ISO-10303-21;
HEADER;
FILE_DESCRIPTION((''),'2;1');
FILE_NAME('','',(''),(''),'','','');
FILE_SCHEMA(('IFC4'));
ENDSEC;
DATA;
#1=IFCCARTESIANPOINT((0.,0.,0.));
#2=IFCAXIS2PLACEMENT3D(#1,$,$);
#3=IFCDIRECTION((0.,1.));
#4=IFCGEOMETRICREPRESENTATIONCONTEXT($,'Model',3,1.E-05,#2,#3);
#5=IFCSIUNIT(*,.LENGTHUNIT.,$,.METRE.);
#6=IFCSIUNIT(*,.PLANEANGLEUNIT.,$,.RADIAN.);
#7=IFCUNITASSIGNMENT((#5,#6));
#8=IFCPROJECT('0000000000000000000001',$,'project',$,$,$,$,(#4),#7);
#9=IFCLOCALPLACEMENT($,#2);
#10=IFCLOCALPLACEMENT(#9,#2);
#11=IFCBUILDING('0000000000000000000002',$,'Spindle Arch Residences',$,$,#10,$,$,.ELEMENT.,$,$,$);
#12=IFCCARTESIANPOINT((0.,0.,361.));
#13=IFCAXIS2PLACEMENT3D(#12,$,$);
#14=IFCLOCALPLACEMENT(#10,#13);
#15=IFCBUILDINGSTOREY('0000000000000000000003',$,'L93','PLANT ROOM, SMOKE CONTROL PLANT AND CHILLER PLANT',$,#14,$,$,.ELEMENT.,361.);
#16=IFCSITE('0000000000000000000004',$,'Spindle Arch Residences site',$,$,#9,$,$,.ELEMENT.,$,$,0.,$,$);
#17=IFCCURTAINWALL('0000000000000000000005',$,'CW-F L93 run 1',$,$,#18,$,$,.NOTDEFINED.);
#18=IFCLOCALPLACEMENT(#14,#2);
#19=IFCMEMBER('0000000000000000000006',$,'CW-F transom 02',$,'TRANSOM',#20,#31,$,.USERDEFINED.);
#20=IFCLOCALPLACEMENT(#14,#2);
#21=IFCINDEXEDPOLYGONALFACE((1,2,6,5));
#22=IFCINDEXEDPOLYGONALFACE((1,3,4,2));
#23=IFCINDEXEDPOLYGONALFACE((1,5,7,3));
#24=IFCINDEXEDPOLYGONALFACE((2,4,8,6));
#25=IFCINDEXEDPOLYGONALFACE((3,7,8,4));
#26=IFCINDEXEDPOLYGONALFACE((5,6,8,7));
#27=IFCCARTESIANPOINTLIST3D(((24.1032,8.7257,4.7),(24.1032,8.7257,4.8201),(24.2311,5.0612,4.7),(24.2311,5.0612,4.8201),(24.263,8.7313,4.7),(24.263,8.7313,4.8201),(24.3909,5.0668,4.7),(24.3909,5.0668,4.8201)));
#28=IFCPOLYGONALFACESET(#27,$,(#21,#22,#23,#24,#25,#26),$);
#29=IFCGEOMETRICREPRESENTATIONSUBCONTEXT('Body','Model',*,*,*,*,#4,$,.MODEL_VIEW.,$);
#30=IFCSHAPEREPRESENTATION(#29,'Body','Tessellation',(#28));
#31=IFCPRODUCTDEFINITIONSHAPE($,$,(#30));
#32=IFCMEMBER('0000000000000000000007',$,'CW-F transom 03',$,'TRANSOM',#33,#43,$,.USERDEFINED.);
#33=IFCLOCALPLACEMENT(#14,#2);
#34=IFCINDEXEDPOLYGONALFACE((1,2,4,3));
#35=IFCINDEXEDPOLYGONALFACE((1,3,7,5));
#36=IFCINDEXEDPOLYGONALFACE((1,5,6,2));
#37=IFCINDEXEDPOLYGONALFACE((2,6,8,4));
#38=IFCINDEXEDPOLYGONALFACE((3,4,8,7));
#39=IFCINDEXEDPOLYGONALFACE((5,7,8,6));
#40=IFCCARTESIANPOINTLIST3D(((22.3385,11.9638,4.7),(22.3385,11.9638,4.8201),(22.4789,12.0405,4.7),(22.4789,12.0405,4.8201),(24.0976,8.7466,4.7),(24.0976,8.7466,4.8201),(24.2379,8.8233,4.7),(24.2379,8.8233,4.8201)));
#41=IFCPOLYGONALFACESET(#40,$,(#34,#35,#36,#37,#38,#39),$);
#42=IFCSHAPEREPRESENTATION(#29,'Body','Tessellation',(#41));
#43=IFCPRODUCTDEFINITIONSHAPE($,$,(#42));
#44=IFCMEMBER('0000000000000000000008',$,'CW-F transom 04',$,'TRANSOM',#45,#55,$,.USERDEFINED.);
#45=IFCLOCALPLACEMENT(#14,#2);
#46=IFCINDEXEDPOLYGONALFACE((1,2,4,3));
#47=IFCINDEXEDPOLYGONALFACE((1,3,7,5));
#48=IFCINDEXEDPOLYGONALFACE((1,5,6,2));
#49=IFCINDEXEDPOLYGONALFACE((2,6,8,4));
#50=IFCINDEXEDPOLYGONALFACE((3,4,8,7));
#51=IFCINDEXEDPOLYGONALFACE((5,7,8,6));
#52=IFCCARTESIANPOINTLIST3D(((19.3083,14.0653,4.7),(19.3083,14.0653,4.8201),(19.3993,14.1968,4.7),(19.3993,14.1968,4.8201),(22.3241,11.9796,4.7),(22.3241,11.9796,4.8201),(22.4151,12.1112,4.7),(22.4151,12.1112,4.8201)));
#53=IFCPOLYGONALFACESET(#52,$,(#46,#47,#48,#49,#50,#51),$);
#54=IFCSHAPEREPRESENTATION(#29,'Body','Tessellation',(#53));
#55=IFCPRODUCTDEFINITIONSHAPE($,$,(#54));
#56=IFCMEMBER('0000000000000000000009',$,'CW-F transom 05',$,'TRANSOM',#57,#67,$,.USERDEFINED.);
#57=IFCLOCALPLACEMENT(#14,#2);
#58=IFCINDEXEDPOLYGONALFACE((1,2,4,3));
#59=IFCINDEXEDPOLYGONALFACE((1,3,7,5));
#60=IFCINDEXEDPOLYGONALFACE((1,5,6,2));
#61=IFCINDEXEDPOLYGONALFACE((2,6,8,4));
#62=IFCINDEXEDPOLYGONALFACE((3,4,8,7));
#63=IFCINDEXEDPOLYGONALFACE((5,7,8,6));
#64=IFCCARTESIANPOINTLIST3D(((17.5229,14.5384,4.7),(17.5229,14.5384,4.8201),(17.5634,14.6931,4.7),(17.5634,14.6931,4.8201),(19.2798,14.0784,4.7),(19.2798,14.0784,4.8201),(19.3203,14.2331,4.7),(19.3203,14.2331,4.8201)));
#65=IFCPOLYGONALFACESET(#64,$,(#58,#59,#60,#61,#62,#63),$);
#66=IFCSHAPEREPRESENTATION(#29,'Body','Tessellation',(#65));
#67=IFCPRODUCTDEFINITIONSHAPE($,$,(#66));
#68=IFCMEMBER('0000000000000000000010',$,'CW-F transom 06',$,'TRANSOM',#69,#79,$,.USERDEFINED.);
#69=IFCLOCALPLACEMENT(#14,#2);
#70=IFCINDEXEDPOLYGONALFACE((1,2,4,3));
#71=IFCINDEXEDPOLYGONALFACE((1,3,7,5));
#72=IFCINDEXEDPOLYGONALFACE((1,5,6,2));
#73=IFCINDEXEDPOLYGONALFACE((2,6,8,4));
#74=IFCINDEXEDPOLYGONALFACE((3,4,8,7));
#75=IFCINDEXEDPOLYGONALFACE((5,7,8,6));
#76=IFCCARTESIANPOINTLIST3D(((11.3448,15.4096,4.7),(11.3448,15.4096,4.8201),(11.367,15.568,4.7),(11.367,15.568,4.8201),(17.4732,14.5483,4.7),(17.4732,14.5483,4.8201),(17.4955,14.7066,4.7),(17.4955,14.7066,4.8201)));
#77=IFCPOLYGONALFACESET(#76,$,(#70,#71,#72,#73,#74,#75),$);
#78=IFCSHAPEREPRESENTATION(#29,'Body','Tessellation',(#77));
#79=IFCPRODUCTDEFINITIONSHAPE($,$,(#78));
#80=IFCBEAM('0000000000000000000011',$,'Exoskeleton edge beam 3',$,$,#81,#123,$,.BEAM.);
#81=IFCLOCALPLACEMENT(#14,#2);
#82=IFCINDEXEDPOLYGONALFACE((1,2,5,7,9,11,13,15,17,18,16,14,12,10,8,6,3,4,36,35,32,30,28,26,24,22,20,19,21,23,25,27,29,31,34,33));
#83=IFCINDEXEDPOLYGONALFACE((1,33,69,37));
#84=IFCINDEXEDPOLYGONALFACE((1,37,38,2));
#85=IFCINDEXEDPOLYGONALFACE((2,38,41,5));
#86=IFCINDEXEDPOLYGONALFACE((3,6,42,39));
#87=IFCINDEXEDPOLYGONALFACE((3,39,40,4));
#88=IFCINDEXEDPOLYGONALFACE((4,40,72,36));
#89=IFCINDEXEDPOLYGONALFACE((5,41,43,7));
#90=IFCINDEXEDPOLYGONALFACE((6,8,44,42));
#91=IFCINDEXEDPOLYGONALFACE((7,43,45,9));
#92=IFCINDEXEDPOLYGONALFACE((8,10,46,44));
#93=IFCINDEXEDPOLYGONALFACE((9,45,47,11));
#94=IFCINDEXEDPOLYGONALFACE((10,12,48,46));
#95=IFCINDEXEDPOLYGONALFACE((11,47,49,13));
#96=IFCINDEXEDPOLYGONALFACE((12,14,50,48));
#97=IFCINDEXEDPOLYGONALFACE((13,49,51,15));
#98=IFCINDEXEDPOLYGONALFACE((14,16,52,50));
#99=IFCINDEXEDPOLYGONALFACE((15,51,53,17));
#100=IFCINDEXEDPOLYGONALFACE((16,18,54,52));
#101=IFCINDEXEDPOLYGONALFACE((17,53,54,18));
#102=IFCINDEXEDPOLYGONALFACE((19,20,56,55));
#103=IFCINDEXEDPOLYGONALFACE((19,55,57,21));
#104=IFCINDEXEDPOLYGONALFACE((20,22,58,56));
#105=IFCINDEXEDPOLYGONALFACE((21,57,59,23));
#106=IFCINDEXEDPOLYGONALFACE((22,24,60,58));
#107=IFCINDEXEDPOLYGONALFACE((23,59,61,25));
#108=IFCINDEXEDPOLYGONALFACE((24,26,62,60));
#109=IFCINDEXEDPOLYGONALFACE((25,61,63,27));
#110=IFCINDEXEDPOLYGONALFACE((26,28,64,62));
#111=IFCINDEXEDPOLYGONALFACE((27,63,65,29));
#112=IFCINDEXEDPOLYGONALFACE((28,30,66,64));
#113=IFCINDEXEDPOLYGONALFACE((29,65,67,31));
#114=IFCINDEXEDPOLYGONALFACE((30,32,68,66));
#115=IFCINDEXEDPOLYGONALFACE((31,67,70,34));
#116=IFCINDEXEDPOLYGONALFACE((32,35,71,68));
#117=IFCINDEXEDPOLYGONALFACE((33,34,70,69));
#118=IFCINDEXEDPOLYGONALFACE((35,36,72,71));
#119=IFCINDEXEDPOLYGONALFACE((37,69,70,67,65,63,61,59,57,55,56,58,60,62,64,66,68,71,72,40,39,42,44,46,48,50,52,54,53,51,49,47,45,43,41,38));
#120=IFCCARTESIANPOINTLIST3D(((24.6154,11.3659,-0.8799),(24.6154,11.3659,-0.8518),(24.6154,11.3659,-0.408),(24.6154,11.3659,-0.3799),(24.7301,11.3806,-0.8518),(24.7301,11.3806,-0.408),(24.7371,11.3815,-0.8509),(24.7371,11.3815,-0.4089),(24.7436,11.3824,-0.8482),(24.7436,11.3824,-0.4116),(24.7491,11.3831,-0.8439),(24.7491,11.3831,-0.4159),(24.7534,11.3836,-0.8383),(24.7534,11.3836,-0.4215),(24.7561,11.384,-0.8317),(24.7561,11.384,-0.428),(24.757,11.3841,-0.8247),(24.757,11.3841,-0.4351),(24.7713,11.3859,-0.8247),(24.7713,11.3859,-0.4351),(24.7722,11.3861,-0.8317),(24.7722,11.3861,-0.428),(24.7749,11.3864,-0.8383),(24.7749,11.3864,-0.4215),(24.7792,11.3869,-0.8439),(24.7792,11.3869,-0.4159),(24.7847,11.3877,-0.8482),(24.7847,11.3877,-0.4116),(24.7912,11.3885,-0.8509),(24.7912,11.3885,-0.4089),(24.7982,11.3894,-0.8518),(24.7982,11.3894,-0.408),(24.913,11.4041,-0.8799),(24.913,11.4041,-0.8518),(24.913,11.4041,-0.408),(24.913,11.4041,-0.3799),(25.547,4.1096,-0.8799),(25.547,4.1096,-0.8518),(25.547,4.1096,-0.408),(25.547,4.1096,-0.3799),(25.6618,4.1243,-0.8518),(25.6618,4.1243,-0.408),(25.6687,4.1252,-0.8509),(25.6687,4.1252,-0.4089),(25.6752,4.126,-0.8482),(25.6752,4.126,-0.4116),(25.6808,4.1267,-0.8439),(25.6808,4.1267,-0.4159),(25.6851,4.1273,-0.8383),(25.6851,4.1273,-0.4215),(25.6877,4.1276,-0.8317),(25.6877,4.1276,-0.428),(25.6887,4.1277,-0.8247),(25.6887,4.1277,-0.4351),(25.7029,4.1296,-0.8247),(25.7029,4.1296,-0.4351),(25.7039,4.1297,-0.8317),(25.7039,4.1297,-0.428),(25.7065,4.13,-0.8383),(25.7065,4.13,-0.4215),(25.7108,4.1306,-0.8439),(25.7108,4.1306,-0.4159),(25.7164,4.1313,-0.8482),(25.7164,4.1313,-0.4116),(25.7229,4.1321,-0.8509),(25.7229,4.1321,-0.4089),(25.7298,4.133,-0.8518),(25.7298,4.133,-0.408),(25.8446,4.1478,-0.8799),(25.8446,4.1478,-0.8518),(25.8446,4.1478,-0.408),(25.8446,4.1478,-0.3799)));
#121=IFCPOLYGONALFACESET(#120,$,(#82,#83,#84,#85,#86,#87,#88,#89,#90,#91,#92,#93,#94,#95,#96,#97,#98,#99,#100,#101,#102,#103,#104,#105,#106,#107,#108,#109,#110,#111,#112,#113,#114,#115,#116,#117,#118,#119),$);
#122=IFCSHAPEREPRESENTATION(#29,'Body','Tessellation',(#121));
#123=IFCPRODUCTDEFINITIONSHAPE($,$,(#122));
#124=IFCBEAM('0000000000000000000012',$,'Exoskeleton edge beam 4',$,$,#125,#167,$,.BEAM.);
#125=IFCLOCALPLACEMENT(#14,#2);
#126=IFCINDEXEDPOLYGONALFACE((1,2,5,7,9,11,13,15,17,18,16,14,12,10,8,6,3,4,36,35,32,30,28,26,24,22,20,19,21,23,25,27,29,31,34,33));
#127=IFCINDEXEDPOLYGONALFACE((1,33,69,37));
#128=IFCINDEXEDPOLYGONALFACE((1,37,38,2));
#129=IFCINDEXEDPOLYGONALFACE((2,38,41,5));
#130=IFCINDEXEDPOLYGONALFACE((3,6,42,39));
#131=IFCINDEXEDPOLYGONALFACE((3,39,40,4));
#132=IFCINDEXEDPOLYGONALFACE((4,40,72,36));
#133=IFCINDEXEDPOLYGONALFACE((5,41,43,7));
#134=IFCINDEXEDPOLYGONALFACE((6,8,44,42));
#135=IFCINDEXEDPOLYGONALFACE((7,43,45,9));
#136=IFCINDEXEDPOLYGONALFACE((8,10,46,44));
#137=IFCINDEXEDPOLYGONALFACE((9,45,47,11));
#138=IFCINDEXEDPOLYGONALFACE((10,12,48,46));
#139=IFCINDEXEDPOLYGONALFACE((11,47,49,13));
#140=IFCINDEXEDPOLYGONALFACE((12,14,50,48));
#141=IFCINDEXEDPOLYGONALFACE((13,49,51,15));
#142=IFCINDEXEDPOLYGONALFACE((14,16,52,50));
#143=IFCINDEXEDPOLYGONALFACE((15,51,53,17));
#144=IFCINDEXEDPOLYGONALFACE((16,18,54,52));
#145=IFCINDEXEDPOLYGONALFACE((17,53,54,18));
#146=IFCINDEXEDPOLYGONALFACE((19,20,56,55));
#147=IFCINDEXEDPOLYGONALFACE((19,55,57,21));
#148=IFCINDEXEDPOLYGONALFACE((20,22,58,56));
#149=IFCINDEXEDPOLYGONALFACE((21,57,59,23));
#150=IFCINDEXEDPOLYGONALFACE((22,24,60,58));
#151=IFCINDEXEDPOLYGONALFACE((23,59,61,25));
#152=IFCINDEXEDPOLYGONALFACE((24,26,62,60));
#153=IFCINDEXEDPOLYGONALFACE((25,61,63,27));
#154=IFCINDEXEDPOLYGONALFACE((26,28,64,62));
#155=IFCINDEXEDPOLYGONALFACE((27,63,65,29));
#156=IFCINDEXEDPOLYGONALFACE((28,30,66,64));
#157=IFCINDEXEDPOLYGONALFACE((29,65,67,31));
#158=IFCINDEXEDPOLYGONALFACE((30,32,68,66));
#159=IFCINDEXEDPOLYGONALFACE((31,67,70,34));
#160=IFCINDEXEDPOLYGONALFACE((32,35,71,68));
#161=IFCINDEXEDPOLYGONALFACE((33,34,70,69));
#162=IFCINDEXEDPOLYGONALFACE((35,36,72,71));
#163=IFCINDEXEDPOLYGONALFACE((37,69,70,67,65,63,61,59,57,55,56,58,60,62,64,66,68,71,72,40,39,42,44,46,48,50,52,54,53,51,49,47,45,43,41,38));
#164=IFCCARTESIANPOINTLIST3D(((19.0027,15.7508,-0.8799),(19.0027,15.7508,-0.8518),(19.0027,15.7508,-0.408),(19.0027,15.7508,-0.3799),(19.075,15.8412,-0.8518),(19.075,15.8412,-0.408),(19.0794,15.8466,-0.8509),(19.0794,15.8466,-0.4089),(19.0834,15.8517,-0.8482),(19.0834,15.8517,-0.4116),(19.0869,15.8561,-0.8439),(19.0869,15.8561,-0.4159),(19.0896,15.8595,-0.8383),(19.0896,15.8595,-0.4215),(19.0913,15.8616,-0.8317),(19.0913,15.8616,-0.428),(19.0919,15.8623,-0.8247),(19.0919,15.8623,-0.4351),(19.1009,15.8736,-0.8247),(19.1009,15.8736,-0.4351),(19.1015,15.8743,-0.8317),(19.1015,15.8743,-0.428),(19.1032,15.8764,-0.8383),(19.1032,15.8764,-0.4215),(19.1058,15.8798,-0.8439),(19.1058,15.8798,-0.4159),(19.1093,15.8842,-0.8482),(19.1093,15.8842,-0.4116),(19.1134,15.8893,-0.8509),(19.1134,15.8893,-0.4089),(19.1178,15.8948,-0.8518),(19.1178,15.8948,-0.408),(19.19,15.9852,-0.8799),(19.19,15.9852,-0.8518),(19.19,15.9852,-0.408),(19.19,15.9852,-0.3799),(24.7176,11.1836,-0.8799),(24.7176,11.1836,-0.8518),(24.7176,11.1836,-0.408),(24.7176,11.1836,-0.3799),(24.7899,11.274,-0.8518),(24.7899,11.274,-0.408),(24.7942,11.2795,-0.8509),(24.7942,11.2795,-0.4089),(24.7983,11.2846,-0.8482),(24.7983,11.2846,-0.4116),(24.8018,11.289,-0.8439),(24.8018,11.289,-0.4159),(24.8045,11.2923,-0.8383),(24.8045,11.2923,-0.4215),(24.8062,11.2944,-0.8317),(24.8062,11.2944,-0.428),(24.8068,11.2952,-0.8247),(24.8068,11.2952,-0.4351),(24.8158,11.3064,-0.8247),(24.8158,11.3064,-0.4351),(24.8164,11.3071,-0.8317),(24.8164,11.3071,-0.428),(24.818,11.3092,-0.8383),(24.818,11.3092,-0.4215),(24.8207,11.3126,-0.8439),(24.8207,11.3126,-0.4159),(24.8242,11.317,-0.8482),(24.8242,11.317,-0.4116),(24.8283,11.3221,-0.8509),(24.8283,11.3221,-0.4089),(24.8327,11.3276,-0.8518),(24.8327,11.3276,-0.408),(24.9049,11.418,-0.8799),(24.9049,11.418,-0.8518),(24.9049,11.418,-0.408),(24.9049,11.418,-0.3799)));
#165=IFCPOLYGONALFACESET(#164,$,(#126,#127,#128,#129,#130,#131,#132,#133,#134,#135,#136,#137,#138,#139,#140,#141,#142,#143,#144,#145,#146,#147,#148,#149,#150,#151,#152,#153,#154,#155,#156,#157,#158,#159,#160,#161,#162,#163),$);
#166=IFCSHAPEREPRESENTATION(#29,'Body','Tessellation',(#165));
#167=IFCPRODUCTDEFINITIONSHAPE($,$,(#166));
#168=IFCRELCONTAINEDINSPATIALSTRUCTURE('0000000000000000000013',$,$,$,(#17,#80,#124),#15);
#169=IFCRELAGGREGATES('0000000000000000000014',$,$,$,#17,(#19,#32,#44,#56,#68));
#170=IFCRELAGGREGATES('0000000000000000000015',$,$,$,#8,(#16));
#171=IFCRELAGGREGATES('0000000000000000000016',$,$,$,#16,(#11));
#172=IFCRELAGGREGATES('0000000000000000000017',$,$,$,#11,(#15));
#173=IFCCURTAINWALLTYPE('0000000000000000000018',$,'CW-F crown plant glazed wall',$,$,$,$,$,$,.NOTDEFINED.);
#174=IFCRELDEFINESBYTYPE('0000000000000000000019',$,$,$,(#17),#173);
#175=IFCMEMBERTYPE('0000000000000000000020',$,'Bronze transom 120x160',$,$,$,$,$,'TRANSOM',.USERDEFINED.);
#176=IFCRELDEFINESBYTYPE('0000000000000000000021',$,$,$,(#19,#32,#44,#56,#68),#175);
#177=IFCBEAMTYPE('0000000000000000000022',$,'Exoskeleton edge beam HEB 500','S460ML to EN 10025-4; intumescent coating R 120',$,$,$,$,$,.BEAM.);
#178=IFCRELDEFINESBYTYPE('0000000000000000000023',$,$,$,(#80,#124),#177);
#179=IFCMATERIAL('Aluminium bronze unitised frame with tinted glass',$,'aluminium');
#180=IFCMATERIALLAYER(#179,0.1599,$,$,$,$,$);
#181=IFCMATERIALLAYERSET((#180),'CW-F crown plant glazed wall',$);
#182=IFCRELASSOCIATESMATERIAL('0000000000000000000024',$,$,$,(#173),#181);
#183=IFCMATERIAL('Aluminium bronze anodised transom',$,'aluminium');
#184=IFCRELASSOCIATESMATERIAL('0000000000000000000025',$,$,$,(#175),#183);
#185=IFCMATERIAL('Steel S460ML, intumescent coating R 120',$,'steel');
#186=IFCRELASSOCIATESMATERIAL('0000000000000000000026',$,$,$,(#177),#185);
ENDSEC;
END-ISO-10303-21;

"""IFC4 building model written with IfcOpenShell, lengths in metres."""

from ifc_helpers import new_model, si_unit, direction, frame, origin, origin_2d, place, context, subcontext, project, spatial, rectangle, i_section, extrude, material, layer, layer_set, material_profile, profile_set, type_object, element, aggregate, save


model = new_model("IFC4")

# Units and contexts
model_context = context("Model", 3, precision=1e-05, world=origin(), true_north=direction((0.0, 1.0)))
body_context = subcontext(model_context, "Body", "Model", "MODEL_VIEW")
ifc_project = project(units=[si_unit("LENGTHUNIT", "METRE"), si_unit("PLANEANGLEUNIT", "RADIAN")], contexts=[model_context])

# Site, building, storey
site_placement = place(None, origin())
site = spatial("IfcSite", under=ifc_project, at=site_placement, Name="Spindle Arch Residences site", CompositionType="ELEMENT", RefElevation=0.0)
building_placement = place(site_placement, origin())
building = spatial("IfcBuilding", under=site, at=building_placement, Name="Spindle Arch Residences", CompositionType="ELEMENT")
storey_placement = place(building_placement, frame((0.0, 0.0, 361.0)))
storey = spatial("IfcBuildingStorey", under=building, at=storey_placement, Name="L93", Description="PLANT ROOM, SMOKE CONTROL PLANT AND CHILLER PLANT", CompositionType="ELEMENT", Elevation=361.0)

# Curtain wall, members
ifc_material_1 = material(Name="Aluminium bronze unitised frame with tinted glass", Category="aluminium")
ifc_layer_1 = layer(ifc_material_1, 0.1599)
ifc_layer_set_1 = layer_set([ifc_layer_1], Name="CW-F crown plant glazed wall")
curtain_wall_type = type_object("IfcCurtainWallType", Name="CW-F crown plant glazed wall", PredefinedType="NOTDEFINED", material=ifc_layer_set_1)
curtain_wall_placement = place(storey_placement, origin())
curtain_wall = element("IfcCurtainWall", 1, at=curtain_wall_placement, inside=storey, type_object=curtain_wall_type, Name="CW-F L93 run 1", PredefinedType="NOTDEFINED")
ifc_material_2 = material(Name="Aluminium bronze anodised transom", Category="aluminium")
ifc_material_profile_1 = material_profile(ifc_material_2, rectangle(XDim=0.1599, YDim=0.1201, at=origin_2d()), Name="TR 120x160")
ifc_profile_set_1 = profile_set([ifc_material_profile_1], Name="Aluminium bronze anodised transom")
member_type_1 = type_object("IfcMemberType", Name="Bronze transom 120x160", ElementType="TRANSOM", PredefinedType="USERDEFINED", material=ifc_profile_set_1)
member_1_placement = place(storey_placement, frame((24.311, 5.064, 4.76), z_axis=(-0.034889, 0.999391, 0.0), x_axis=(-0.999391, -0.034889, 0.0)))
member_1 = element("IfcMember", 2, at=member_1_placement, type_object=member_type_1, Name="CW-F transom 02", ObjectType="TRANSOM", PredefinedType="USERDEFINED", context=body_context, shape_type="SweptSolid", body=[
    extrude(rectangle(XDim=0.1599, YDim=0.1201, at=origin_2d()), origin(), (0.0, 0.0, 1.0), 3.6667),
])
member_2_placement = place(storey_placement, frame((24.1677, 8.7849, 4.76), z_axis=(-0.479724, 0.877419, 0.0), x_axis=(-0.877419, -0.479724, 0.0)))
member_2 = element("IfcMember", 3, at=member_2_placement, type_object=member_type_1, Name="CW-F transom 03", ObjectType="TRANSOM", PredefinedType="USERDEFINED", context=body_context, shape_type="SweptSolid", body=[
    extrude(rectangle(XDim=0.1599, YDim=0.1201, at=origin_2d()), origin(), (0.0, 0.0, 1.0), 3.6667),
])
member_3_placement = place(storey_placement, frame((22.3696, 12.0454, 4.76), z_axis=(-0.822475, 0.568801, 0.0), x_axis=(-0.568801, -0.822475, 0.0)))
member_3 = element("IfcMember", 4, at=member_3_placement, type_object=member_type_1, Name="CW-F transom 04", ObjectType="TRANSOM", PredefinedType="USERDEFINED", context=body_context, shape_type="SweptSolid", body=[
    extrude(rectangle(XDim=0.1599, YDim=0.1201, at=origin_2d()), origin(), (0.0, 0.0, 1.0), 3.6667),
])
member_4_placement = place(storey_placement, frame((19.3, 14.1558, 4.76), z_axis=(-0.967394, 0.253276, 0.0), x_axis=(-0.253276, -0.967394, 0.0)))
member_4 = element("IfcMember", 5, at=member_4_placement, type_object=member_type_1, Name="CW-F transom 05", ObjectType="TRANSOM", PredefinedType="USERDEFINED", context=body_context, shape_type="SweptSolid", body=[
    extrude(rectangle(XDim=0.1599, YDim=0.1201, at=origin_2d()), origin(), (0.0, 0.0, 1.0), 1.8162),
])
member_5_placement = place(storey_placement, frame((17.4844, 14.6274, 4.76), z_axis=(-0.990267, 0.139179, 0.0), x_axis=(-0.139179, -0.990267, 0.0)))
member_5 = element("IfcMember", 6, at=member_5_placement, type_object=member_type_1, Name="CW-F transom 06", ObjectType="TRANSOM", PredefinedType="USERDEFINED", context=body_context, shape_type="SweptSolid", body=[
    extrude(rectangle(XDim=0.1599, YDim=0.1201, at=origin_2d()), origin(), (0.0, 0.0, 1.0), 6.1887),
])

# Beams
ifc_material_3 = material(Name="Steel S460ML, intumescent coating R 120", Category="steel")
ifc_material_profile_2 = material_profile(ifc_material_3, i_section(OverallWidth=0.3, OverallDepth=0.5, WebThickness=0.0144, FlangeThickness=0.0281, FilletRadius=0.0271, at=origin_2d()), Name="HEB 500")
ifc_profile_set_2 = profile_set([ifc_material_profile_2], Name="Steel S460ML, intumescent coating R 120")
beam_type_1 = type_object("IfcBeamType", Name="Exoskeleton edge beam HEB 500", Description="S460ML to EN 10025-4; intumescent coating R 120", PredefinedType="BEAM", material=ifc_profile_set_2)
beam_1_placement = place(storey_placement, frame((25.6958, 4.1287, -0.6299), z_axis=(-0.127344, 0.991859, 0.0), x_axis=(-0.991859, -0.127344, 0.0)))
element("IfcBeam", 7, at=beam_1_placement, inside=storey, type_object=beam_type_1, Name="Exoskeleton edge beam 3", PredefinedType="BEAM", context=body_context, shape_type="SweptSolid", body=[
    extrude(i_section(OverallWidth=0.3, OverallDepth=0.5, WebThickness=0.0144, FlangeThickness=0.0281, FilletRadius=0.0271, at=origin_2d()), origin(), (0.0, 0.0, 1.0), 7.3159),
])
beam_2_placement = place(storey_placement, frame((24.8113, 11.3008, -0.6299), z_axis=(-0.781185, 0.6243, 0.0), x_axis=(-0.6243, -0.781185, 0.0)))
element("IfcBeam", 8, at=beam_2_placement, inside=storey, type_object=beam_type_1, Name="Exoskeleton edge beam 4", PredefinedType="BEAM", context=body_context, shape_type="SweptSolid", body=[
    extrude(i_section(OverallWidth=0.3, OverallDepth=0.5, WebThickness=0.0144, FlangeThickness=0.0281, FilletRadius=0.0271, at=origin_2d()), origin(), (0.0, 0.0, 1.0), 7.3157),
])

aggregate(curtain_wall, [member_1, member_2, member_3, member_4, member_5])

save(model, "model.ifc")
